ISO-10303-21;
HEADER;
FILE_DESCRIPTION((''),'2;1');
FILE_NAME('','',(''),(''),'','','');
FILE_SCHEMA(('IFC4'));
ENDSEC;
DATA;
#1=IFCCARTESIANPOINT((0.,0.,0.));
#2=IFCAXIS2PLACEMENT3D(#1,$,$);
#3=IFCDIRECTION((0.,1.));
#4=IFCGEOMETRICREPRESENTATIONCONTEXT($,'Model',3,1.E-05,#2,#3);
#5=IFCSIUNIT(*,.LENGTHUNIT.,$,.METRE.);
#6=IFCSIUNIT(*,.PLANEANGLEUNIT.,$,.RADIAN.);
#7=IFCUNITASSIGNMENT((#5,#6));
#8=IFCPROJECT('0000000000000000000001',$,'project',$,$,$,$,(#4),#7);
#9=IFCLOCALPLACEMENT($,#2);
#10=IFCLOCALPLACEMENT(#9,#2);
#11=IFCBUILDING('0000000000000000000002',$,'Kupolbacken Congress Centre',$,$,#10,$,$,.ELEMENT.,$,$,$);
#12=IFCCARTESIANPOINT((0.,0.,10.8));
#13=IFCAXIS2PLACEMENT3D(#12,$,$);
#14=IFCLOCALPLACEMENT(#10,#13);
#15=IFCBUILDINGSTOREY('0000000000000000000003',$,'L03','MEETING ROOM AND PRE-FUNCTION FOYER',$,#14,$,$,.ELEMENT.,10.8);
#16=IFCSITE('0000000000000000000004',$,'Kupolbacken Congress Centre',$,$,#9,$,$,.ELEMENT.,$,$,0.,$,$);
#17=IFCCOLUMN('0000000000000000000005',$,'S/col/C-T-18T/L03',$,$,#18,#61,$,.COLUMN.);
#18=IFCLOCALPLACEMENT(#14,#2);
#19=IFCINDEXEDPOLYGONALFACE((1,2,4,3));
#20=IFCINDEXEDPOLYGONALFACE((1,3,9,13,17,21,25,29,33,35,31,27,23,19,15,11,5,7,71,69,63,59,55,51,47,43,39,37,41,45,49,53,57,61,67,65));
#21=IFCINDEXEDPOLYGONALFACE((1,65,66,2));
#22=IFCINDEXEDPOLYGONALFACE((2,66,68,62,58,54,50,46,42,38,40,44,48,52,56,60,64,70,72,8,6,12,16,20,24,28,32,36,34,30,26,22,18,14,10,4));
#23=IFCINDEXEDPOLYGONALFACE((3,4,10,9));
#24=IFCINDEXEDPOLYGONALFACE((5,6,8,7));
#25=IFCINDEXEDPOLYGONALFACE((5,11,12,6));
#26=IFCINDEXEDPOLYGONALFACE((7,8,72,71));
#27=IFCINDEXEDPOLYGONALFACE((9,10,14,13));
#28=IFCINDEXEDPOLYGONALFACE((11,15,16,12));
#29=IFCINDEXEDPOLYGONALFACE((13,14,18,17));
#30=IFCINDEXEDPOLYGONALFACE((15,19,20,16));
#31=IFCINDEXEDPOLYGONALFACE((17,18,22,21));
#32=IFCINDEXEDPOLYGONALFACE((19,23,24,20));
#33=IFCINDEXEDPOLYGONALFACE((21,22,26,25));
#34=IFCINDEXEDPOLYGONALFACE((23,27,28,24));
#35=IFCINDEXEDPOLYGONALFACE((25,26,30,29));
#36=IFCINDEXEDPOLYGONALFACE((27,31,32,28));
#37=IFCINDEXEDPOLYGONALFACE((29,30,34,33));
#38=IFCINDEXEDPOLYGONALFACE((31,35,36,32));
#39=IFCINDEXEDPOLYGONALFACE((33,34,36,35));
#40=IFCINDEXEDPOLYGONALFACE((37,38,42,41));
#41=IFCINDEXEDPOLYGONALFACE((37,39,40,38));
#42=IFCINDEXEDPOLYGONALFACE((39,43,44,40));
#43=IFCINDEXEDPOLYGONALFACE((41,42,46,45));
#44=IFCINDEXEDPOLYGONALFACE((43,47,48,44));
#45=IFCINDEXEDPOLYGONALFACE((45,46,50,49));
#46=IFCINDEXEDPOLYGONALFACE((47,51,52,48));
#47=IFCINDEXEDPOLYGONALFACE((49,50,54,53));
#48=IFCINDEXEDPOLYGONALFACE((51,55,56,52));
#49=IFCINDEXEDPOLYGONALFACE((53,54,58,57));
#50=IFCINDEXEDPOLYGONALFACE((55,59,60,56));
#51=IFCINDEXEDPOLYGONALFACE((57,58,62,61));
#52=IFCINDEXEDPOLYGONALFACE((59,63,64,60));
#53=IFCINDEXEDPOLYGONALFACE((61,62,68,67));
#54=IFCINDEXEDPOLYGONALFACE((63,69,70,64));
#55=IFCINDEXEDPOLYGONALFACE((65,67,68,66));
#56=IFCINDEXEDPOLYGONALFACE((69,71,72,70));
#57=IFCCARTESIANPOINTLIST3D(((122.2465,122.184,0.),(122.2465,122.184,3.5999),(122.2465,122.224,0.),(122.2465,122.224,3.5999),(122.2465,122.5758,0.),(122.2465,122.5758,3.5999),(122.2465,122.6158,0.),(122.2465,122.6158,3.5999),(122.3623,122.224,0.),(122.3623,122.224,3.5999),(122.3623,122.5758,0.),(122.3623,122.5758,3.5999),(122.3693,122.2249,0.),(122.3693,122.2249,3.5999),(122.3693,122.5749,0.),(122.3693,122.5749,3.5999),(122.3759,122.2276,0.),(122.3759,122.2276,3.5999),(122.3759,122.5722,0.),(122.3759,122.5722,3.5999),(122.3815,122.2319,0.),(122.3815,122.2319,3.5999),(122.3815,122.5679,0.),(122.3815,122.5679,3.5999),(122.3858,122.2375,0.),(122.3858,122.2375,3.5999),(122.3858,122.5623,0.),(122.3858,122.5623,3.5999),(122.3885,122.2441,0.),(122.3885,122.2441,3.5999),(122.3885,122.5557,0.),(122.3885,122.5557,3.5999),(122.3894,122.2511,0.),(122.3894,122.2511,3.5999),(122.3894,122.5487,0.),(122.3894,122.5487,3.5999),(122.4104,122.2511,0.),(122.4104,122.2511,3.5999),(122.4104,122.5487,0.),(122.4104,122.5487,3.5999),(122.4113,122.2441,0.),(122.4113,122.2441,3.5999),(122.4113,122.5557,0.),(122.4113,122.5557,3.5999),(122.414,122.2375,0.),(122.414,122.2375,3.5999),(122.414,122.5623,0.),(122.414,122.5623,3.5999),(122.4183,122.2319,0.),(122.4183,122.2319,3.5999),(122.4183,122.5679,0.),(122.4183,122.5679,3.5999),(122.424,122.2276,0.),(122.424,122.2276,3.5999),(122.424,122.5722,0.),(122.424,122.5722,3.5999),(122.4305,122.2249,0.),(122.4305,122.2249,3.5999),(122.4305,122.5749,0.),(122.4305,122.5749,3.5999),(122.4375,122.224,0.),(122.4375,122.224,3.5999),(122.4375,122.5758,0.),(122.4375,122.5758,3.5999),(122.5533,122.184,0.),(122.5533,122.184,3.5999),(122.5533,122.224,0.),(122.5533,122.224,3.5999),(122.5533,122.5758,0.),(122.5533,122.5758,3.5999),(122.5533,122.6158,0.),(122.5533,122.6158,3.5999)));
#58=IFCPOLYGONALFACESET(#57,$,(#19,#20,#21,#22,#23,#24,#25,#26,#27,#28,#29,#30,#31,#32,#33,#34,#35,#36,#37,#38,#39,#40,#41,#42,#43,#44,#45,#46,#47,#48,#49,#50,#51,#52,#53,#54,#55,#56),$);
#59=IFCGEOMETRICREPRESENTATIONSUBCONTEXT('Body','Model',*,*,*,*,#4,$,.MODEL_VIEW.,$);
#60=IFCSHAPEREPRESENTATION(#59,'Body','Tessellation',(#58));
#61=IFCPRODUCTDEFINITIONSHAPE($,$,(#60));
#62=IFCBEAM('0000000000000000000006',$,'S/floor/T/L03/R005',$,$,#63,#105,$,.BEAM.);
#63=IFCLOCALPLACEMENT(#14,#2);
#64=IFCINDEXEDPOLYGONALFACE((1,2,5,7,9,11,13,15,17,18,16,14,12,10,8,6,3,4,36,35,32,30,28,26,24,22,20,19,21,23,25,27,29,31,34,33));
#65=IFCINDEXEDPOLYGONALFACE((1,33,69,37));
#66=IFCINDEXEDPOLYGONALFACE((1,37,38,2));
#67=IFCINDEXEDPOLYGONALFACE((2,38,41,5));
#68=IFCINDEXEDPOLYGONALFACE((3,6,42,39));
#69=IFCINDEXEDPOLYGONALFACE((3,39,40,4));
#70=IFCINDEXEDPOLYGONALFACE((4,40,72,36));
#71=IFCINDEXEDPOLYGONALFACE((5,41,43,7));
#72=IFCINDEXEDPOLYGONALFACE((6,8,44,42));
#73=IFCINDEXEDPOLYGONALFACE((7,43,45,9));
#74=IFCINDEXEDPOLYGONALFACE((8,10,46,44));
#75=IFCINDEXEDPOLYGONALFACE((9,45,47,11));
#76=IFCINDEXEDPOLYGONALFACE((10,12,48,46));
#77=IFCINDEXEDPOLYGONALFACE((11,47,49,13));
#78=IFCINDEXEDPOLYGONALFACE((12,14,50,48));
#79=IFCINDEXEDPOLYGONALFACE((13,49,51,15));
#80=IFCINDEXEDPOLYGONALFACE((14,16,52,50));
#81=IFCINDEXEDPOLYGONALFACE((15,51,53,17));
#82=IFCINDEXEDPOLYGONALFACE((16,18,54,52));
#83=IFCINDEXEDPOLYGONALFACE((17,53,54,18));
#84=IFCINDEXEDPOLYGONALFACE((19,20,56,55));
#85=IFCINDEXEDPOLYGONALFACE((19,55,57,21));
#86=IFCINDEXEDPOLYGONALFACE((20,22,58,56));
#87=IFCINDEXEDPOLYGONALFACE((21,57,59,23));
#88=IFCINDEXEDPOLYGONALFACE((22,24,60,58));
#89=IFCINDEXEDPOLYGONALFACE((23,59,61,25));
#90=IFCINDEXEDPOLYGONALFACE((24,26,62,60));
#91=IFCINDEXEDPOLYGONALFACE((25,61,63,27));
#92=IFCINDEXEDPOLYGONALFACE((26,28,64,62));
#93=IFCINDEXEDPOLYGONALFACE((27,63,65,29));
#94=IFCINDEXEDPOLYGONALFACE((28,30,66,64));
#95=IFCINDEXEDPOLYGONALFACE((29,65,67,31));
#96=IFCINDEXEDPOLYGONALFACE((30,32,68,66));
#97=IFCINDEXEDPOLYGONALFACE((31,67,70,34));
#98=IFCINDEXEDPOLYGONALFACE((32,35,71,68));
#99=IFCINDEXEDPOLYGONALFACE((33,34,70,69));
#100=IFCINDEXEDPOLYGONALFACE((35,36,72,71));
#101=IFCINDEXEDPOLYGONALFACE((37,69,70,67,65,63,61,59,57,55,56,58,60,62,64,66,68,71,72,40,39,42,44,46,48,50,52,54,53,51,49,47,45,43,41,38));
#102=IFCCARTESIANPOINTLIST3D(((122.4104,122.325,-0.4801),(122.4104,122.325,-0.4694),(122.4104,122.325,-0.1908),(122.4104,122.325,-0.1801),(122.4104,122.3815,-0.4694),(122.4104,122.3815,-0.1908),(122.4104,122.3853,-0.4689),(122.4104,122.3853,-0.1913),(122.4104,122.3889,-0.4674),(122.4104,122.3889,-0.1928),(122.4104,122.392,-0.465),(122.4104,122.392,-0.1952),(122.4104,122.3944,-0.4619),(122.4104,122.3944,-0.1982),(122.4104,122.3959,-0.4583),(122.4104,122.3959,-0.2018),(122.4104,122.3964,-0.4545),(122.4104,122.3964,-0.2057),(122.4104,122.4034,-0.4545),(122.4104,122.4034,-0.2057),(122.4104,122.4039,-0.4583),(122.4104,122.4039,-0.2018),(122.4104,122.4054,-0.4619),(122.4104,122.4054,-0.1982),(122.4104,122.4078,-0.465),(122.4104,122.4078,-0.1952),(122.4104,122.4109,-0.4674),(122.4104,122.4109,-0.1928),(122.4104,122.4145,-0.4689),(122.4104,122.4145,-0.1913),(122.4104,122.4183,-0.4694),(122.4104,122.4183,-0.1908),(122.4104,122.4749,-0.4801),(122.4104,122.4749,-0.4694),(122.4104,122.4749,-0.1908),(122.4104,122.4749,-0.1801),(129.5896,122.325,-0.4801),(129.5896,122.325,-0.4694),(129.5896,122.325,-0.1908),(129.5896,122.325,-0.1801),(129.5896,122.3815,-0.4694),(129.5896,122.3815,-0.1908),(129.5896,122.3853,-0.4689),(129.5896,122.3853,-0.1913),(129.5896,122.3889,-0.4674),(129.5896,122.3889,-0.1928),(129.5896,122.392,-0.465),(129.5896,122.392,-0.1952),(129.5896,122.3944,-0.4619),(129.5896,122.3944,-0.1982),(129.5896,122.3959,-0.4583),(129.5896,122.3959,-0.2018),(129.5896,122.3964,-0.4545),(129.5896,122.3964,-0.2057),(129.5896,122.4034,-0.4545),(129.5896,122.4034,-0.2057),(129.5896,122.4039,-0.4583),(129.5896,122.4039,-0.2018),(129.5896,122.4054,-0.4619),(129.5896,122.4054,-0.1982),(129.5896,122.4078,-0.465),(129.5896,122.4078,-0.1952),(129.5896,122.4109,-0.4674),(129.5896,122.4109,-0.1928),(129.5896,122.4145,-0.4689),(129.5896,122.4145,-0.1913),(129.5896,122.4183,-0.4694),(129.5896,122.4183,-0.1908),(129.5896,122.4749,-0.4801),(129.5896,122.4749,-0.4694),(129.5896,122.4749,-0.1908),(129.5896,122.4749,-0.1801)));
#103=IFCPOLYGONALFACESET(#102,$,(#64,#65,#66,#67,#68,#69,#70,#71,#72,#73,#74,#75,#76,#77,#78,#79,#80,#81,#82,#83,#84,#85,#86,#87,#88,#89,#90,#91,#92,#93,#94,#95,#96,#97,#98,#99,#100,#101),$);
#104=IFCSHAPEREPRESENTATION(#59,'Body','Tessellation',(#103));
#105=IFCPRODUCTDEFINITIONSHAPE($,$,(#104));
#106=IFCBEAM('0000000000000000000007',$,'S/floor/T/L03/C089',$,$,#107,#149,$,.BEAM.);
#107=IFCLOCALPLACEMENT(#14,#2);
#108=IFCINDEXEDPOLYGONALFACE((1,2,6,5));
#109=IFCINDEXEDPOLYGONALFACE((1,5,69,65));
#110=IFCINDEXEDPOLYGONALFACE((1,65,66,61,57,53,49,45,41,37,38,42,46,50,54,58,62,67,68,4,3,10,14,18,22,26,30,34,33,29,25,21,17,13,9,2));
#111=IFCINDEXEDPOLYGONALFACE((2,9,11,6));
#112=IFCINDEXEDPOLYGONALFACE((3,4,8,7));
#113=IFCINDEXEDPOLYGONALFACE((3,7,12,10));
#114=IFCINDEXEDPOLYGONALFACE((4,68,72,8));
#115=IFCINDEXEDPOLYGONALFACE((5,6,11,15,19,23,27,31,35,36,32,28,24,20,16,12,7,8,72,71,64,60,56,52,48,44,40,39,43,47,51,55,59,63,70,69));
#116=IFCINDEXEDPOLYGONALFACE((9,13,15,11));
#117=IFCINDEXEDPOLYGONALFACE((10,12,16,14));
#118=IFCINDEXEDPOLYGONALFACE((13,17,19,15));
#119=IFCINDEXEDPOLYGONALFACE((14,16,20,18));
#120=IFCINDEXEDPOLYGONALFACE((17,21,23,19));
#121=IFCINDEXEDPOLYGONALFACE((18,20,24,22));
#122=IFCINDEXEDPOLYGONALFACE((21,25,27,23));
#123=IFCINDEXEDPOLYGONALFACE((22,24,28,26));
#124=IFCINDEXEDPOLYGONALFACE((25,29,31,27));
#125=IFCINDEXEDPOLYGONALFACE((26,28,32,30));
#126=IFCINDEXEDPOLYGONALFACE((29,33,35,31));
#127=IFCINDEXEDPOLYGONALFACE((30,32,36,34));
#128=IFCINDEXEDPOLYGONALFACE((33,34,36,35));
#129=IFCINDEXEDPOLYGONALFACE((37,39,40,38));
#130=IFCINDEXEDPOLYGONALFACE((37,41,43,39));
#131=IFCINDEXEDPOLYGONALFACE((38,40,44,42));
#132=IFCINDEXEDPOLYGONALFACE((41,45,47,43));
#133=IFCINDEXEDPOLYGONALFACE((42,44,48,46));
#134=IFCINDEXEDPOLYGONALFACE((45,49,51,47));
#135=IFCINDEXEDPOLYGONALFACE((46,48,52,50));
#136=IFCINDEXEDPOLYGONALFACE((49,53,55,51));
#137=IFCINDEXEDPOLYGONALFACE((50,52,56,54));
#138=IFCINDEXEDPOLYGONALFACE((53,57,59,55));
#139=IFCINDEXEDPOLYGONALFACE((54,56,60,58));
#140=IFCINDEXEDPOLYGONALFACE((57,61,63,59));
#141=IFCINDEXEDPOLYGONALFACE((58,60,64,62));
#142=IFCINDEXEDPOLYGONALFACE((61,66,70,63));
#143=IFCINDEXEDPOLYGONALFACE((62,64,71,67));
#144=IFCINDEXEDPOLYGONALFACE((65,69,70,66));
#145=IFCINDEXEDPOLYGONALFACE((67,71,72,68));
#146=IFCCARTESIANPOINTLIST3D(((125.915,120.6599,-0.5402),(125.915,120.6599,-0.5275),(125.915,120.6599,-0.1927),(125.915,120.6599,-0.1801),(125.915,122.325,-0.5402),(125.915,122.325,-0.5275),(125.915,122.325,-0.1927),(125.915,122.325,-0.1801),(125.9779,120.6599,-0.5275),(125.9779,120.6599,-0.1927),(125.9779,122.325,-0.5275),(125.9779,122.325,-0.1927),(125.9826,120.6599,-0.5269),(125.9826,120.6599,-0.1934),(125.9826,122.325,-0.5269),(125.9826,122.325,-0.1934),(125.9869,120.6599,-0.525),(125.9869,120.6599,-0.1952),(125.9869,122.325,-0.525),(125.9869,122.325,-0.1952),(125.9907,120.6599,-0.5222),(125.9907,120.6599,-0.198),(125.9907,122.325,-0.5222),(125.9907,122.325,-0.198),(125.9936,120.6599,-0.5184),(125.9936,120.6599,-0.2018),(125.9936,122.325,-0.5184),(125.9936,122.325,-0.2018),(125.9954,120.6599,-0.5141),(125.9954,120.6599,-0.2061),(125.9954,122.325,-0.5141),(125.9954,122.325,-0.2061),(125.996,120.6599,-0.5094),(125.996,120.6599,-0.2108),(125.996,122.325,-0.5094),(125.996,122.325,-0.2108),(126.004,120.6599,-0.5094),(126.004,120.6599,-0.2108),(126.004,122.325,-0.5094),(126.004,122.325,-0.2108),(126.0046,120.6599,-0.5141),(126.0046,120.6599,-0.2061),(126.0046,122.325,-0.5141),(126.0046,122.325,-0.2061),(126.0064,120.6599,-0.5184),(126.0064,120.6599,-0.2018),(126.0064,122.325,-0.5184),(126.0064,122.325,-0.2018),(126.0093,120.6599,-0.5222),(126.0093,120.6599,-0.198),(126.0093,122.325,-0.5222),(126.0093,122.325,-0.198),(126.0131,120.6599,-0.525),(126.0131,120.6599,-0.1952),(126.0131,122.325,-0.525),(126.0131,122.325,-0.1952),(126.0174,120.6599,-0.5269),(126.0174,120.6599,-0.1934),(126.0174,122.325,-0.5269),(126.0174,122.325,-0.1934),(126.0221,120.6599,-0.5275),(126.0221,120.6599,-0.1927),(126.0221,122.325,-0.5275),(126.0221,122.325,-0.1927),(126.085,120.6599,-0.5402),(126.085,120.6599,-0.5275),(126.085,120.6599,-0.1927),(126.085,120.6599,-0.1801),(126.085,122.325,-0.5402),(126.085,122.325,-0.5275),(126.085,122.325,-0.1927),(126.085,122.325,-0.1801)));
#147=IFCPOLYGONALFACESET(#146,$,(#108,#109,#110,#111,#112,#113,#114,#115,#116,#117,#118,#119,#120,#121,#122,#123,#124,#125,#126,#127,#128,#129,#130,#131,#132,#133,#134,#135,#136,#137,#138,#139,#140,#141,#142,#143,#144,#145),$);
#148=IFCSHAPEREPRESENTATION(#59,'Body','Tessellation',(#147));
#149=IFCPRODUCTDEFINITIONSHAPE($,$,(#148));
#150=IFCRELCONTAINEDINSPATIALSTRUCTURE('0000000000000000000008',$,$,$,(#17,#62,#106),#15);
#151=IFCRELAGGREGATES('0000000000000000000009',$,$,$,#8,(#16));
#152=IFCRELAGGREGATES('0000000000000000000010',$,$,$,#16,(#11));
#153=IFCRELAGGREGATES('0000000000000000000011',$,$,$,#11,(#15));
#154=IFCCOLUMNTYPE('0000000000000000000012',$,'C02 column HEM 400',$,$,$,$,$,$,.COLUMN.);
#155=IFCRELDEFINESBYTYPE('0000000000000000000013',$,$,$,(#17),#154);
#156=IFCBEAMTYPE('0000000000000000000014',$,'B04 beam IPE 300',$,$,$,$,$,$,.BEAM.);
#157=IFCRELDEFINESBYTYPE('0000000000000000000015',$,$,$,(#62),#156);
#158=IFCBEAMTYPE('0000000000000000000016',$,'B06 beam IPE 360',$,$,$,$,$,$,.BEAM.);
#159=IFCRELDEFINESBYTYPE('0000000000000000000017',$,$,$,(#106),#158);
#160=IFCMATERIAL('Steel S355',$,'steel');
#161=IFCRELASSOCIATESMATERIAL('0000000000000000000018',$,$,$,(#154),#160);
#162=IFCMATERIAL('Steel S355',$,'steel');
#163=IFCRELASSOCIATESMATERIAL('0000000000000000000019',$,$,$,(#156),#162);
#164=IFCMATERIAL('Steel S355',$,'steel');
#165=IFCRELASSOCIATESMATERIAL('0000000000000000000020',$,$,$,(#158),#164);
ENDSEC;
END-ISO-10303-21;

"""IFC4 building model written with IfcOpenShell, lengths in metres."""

from ifc_helpers import new_model, si_unit, direction, frame, origin, origin_2d, place, context, subcontext, project, spatial, i_section, extrude, material, material_profile, profile_set, type_object, element, save


model = new_model("IFC4")

# Units and contexts
model_context = context("Model", 3, precision=1e-05, world=origin(), true_north=direction((0.0, 1.0)))
body_context = subcontext(model_context, "Body", "Model", "MODEL_VIEW")
ifc_project = project(units=[si_unit("LENGTHUNIT", "METRE"), si_unit("PLANEANGLEUNIT", "RADIAN")], contexts=[model_context])

# Site, building, storey
site_placement = place(None, origin())
site = spatial("IfcSite", under=ifc_project, at=site_placement, Name="Kupolbacken Congress Centre", CompositionType="ELEMENT", RefElevation=0.0)
building_placement = place(site_placement, origin())
building = spatial("IfcBuilding", under=site, at=building_placement, Name="Kupolbacken Congress Centre", CompositionType="ELEMENT")
storey_placement = place(building_placement, frame((0.0, 0.0, 10.8)))
storey = spatial("IfcBuildingStorey", under=building, at=storey_placement, Name="L03", Description="MEETING ROOM AND PRE-FUNCTION FOYER", CompositionType="ELEMENT", Elevation=10.8)

# Column
ifc_material_1 = material(Name="Steel S355", Category="steel")
ifc_material_profile_1 = material_profile(ifc_material_1, i_section(OverallWidth=0.3069, OverallDepth=0.4319, WebThickness=0.021, FlangeThickness=0.04, FilletRadius=0.0271, at=origin_2d()), Name="HEM 400")
ifc_profile_set_1 = profile_set([ifc_material_profile_1], Name="Steel S355")
column_type = type_object("IfcColumnType", Name="C02 column HEM 400", PredefinedType="COLUMN", material=ifc_profile_set_1)
column_placement = place(storey_placement, frame((122.3999, 122.3999, 0.0), z_axis=(0.0, 0.0, 1.0), x_axis=(1.0, 0.0, 0.0)))
element("IfcColumn", 1, at=column_placement, inside=storey, type_object=column_type, Name="S/col/C-T-18T/L03", PredefinedType="COLUMN", context=body_context, shape_type="SweptSolid", body=[
    extrude(i_section(OverallWidth=0.3069, OverallDepth=0.4319, WebThickness=0.021, FlangeThickness=0.04, FilletRadius=0.0271, at=origin_2d()), origin(), (0.0, 0.0, 1.0), 3.5999),
])

# Beams
ifc_material_2 = material(Name="Steel S355", Category="steel")
ifc_material_profile_2 = material_profile(ifc_material_2, i_section(OverallWidth=0.1499, OverallDepth=0.3, WebThickness=0.0071, FlangeThickness=0.0107, FilletRadius=0.0149, at=origin_2d()), Name="IPE 300")
ifc_profile_set_2 = profile_set([ifc_material_profile_2], Name="Steel S355")
beam_type_1 = type_object("IfcBeamType", Name="B04 beam IPE 300", PredefinedType="BEAM", material=ifc_profile_set_2)
beam_1_placement = place(storey_placement, frame((122.4104, 122.3999, -0.3301), z_axis=(1.0, 0.0, 0.0), x_axis=(0.0, 1.0, 0.0)))
element("IfcBeam", 2, at=beam_1_placement, inside=storey, type_object=beam_type_1, Name="S/floor/T/L03/R005", PredefinedType="BEAM", context=body_context, shape_type="SweptSolid", body=[
    extrude(i_section(OverallWidth=0.1499, OverallDepth=0.3, WebThickness=0.0071, FlangeThickness=0.0107, FilletRadius=0.0149, at=origin_2d()), origin(), (0.0, 0.0, 1.0), 7.1792),
])
ifc_material_3 = material(Name="Steel S355", Category="steel")
ifc_material_profile_3 = material_profile(ifc_material_3, i_section(OverallWidth=0.1699, OverallDepth=0.3601, WebThickness=0.0081, FlangeThickness=0.0127, FilletRadius=0.0181, at=origin_2d()), Name="IPE 360")
ifc_profile_set_3 = profile_set([ifc_material_profile_3], Name="Steel S355")
beam_type_2 = type_object("IfcBeamType", Name="B06 beam IPE 360", PredefinedType="BEAM", material=ifc_profile_set_3)
beam_2_placement = place(storey_placement, frame((126.0, 122.325, -0.3601), z_axis=(0.0, -1.0, 0.0), x_axis=(1.0, 0.0, 0.0)))
element("IfcBeam", 3, at=beam_2_placement, inside=storey, type_object=beam_type_2, Name="S/floor/T/L03/C089", PredefinedType="BEAM", context=body_context, shape_type="SweptSolid", body=[
    extrude(i_section(OverallWidth=0.1699, OverallDepth=0.3601, WebThickness=0.0081, FlangeThickness=0.0127, FilletRadius=0.0181, at=origin_2d()), origin(), (0.0, 0.0, 1.0), 1.665),
])

save(model, "model.ifc")
